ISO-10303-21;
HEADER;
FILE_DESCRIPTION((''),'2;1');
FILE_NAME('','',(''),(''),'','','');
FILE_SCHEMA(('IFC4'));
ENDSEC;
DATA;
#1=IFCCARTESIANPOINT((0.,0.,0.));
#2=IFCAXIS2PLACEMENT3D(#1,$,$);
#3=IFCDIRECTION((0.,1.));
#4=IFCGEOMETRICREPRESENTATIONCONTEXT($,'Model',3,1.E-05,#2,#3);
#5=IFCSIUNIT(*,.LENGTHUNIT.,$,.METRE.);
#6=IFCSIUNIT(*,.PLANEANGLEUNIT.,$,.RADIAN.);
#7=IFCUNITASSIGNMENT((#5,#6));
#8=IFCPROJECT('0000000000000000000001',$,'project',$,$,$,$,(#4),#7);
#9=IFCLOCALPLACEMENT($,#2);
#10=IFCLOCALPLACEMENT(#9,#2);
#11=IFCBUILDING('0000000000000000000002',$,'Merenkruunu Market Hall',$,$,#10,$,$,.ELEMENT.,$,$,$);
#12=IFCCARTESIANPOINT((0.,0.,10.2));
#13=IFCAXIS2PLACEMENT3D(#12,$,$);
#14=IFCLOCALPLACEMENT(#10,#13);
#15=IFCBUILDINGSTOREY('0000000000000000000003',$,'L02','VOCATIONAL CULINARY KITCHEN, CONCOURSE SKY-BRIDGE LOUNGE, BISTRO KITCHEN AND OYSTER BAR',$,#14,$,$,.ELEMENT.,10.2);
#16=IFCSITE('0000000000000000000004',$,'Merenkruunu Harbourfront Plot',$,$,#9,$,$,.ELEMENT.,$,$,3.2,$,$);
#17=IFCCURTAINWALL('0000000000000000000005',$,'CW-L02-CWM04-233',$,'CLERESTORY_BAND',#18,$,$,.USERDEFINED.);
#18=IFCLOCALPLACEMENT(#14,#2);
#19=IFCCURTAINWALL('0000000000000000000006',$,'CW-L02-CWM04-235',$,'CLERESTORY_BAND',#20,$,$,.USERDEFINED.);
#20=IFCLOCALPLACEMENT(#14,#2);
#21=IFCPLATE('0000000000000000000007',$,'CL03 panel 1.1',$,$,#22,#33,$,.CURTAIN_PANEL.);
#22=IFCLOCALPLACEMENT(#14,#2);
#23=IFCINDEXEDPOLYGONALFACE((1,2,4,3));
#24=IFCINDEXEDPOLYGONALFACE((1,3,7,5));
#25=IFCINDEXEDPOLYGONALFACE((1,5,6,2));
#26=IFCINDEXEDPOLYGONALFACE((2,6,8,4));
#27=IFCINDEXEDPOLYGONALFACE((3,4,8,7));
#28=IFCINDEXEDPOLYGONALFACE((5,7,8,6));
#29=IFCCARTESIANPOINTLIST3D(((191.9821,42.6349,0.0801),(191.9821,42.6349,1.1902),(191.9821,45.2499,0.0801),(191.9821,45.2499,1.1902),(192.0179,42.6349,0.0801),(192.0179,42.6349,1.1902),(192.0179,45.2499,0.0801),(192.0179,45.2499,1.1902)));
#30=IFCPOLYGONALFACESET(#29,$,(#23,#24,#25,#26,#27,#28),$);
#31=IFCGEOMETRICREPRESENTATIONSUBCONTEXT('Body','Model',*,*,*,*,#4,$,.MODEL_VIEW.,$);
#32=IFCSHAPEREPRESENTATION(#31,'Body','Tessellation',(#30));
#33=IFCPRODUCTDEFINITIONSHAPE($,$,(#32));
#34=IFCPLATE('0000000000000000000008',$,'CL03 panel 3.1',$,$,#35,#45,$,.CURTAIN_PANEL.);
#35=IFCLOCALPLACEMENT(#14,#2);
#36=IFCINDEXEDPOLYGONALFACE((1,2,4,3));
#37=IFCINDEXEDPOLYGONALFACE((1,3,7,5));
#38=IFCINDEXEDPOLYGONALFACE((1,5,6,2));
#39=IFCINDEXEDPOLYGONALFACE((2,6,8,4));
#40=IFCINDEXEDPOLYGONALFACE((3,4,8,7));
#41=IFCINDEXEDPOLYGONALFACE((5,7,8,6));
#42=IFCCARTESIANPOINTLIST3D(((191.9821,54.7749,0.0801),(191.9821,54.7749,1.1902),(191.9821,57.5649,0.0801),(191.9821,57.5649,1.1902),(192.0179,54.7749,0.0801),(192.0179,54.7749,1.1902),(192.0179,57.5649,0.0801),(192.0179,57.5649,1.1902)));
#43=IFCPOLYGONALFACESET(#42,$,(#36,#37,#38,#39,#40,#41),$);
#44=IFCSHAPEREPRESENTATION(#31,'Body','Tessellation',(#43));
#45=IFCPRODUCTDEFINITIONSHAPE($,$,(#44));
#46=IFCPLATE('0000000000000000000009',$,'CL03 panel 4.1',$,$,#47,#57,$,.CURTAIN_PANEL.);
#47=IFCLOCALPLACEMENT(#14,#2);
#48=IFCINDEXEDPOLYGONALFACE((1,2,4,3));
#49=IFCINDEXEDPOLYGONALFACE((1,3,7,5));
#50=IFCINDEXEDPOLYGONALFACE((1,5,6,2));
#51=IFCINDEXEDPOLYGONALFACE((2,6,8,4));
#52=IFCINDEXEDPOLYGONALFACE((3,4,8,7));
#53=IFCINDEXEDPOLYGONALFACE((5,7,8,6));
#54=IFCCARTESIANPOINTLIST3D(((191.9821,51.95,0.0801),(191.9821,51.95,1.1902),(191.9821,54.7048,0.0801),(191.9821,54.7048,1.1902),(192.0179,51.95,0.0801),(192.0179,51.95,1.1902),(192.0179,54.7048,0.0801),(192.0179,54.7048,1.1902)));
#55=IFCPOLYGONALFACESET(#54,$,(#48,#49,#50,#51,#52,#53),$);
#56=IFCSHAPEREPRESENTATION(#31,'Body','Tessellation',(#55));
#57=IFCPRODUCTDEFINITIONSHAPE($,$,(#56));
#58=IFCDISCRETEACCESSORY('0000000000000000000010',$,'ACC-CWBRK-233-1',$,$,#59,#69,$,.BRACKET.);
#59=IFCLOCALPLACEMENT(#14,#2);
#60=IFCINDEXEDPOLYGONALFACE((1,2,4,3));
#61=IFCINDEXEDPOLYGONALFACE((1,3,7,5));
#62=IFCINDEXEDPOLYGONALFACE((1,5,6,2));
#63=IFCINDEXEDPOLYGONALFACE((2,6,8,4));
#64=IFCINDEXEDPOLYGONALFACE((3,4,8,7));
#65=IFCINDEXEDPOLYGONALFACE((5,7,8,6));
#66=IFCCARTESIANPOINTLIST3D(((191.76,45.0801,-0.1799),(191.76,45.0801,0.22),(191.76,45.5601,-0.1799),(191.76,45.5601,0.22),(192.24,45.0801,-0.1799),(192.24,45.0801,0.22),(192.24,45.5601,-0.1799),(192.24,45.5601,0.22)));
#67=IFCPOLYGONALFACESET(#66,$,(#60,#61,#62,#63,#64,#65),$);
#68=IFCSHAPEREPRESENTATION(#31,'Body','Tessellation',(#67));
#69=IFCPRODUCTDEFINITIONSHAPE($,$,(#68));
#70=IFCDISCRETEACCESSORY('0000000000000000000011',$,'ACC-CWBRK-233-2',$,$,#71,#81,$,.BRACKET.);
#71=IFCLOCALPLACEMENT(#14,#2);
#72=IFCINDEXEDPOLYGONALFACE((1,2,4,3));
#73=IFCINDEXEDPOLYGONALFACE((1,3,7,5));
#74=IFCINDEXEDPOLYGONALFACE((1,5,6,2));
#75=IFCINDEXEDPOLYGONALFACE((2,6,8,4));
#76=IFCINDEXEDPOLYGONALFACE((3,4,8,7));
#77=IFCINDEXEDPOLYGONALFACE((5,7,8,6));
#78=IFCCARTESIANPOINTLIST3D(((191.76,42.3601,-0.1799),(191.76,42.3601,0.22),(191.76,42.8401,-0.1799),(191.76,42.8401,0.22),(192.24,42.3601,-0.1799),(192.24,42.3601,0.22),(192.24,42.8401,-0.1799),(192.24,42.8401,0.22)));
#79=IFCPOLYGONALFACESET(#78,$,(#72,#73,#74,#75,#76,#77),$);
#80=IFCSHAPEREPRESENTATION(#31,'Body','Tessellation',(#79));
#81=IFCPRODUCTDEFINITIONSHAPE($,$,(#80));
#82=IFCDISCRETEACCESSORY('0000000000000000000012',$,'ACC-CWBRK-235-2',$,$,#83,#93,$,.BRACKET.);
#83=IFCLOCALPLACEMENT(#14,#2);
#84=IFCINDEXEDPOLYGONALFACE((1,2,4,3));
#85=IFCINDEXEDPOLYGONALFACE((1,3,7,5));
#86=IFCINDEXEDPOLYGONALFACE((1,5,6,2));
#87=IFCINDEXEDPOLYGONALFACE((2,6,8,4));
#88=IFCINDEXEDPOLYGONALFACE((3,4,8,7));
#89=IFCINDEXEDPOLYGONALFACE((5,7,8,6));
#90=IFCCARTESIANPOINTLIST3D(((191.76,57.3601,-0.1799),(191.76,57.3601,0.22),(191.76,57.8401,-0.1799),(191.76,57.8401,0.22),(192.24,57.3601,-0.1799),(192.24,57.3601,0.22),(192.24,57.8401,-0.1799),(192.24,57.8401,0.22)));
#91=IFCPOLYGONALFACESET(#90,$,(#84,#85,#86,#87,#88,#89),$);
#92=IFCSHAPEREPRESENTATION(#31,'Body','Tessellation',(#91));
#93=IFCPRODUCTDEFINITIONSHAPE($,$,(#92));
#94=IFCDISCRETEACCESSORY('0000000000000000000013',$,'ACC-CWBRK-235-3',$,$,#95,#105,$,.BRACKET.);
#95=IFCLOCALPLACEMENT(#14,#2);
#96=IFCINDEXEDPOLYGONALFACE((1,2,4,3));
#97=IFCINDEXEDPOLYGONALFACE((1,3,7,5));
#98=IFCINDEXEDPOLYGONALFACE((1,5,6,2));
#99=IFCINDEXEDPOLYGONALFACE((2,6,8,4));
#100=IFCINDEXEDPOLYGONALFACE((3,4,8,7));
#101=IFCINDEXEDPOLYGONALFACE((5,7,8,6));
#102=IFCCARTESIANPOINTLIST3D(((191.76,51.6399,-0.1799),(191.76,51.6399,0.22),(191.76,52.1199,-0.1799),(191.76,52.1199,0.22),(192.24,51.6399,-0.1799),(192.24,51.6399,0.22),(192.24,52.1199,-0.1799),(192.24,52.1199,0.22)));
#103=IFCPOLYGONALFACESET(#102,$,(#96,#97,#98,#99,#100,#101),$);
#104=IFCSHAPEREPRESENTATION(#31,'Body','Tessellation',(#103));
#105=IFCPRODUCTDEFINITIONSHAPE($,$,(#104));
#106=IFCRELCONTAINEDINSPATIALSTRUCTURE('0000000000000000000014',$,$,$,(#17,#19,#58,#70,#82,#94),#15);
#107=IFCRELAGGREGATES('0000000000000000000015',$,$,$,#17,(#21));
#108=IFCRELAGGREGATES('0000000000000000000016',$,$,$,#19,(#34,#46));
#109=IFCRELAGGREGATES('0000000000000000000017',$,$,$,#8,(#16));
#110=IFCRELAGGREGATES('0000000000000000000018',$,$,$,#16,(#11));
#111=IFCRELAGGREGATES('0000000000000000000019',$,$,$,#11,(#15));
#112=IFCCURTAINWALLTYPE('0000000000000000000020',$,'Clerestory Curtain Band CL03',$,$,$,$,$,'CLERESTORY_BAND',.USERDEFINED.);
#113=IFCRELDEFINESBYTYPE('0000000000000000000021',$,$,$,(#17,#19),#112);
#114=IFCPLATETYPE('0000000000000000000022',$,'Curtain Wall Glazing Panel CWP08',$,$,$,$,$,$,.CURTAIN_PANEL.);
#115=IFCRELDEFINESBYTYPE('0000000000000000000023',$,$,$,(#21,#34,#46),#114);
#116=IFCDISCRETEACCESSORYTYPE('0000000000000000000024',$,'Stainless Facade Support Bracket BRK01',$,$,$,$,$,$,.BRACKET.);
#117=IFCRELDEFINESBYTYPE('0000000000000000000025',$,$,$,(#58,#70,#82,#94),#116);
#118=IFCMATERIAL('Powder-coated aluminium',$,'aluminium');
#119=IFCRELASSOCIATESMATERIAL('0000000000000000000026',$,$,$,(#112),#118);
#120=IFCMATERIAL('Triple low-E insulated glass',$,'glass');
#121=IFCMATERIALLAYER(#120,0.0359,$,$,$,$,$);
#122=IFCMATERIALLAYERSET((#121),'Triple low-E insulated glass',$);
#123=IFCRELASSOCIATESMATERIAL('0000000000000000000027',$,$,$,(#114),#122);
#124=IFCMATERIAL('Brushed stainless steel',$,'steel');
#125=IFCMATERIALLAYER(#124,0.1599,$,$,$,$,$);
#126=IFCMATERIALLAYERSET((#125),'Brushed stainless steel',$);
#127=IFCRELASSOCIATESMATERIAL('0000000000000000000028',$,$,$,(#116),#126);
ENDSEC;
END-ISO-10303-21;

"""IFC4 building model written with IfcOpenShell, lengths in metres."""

from ifc_helpers import new_model, si_unit, direction, frame, origin, origin_2d, place, context, subcontext, project, spatial, rectangle, extrude, material, layer, layer_set, type_object, element, aggregate, save


model = new_model("IFC4")

# Units and contexts
model_context = context("Model", 3, precision=1e-05, world=origin(), true_north=direction((0.0, 1.0)))
body_context = subcontext(model_context, "Body", "Model", "MODEL_VIEW")
ifc_project = project(units=[si_unit("LENGTHUNIT", "METRE"), si_unit("PLANEANGLEUNIT", "RADIAN")], contexts=[model_context])

# Site, building, storey
site_placement = place(None, origin())
site = spatial("IfcSite", under=ifc_project, at=site_placement, Name="Merenkruunu Harbourfront Plot", CompositionType="ELEMENT", RefElevation=3.2)
building_placement = place(site_placement, origin())
building = spatial("IfcBuilding", under=site, at=building_placement, Name="Merenkruunu Market Hall", CompositionType="ELEMENT")
storey_placement = place(building_placement, frame((0.0, 0.0, 10.2)))
storey = spatial("IfcBuildingStorey", under=building, at=storey_placement, Name="L02", Description="VOCATIONAL CULINARY KITCHEN, CONCOURSE SKY-BRIDGE LOUNGE, BISTRO KITCHEN AND OYSTER BAR", CompositionType="ELEMENT", Elevation=10.2)

# Curtain walls
ifc_material_1 = material(Name="Powder-coated aluminium", Category="aluminium")
curtain_wall_type = type_object("IfcCurtainWallType", Name="Clerestory Curtain Band CL03", ElementType="CLERESTORY_BAND", PredefinedType="USERDEFINED", material=ifc_material_1)
curtain_wall_1_placement = place(storey_placement, origin())
curtain_wall_1 = element("IfcCurtainWall", 1, at=curtain_wall_1_placement, inside=storey, type_object=curtain_wall_type, Name="CW-L02-CWM04-233", ObjectType="CLERESTORY_BAND", PredefinedType="USERDEFINED")
curtain_wall_2_placement = place(storey_placement, origin())
curtain_wall_2 = element("IfcCurtainWall", 2, at=curtain_wall_2_placement, inside=storey, type_object=curtain_wall_type, Name="CW-L02-CWM04-235", ObjectType="CLERESTORY_BAND", PredefinedType="USERDEFINED")

# Plates
ifc_material_2 = material(Name="Triple low-E insulated glass", Category="glass")
ifc_layer_1 = layer(ifc_material_2, 0.0359)
ifc_layer_set_1 = layer_set([ifc_layer_1], Name="Triple low-E insulated glass")
plate_type = type_object("IfcPlateType", Name="Curtain Wall Glazing Panel CWP08", PredefinedType="CURTAIN_PANEL", material=ifc_layer_set_1)
plate_1_placement = place(storey_placement, frame((192.0, 43.9424, 0.0801), z_axis=(0.0, 0.0, 1.0), x_axis=(0.0, -1.0, 0.0)))
plate_1 = element("IfcPlate", 3, at=plate_1_placement, type_object=plate_type, Name="CL03 panel 1.1", PredefinedType="CURTAIN_PANEL", context=body_context, shape_type="SweptSolid", body=[
    extrude(rectangle(XDim=2.615, YDim=0.0359, at=origin_2d()), origin(), (0.0, 0.0, 1.0), 1.1101),
])
aggregate(curtain_wall_1, [plate_1])
plate_2_placement = place(storey_placement, frame((192.0, 56.1699, 0.0801), z_axis=(0.0, 0.0, 1.0), x_axis=(0.0, -1.0, 0.0)))
plate_2 = element("IfcPlate", 4, at=plate_2_placement, type_object=plate_type, Name="CL03 panel 3.1", PredefinedType="CURTAIN_PANEL", context=body_context, shape_type="SweptSolid", body=[
    extrude(rectangle(XDim=2.79, YDim=0.0359, at=origin_2d()), origin(), (0.0, 0.0, 1.0), 1.1101),
])
plate_3_placement = place(storey_placement, frame((192.0, 53.3274, 0.0801), z_axis=(0.0, 0.0, 1.0), x_axis=(0.0, -1.0, 0.0)))
plate_3 = element("IfcPlate", 5, at=plate_3_placement, type_object=plate_type, Name="CL03 panel 4.1", PredefinedType="CURTAIN_PANEL", context=body_context, shape_type="SweptSolid", body=[
    extrude(rectangle(XDim=2.7549, YDim=0.0359, at=origin_2d()), origin(), (0.0, 0.0, 1.0), 1.1101),
])
aggregate(curtain_wall_2, [plate_2, plate_3])

# Discrete accessories
ifc_material_3 = material(Name="Brushed stainless steel", Category="steel")
ifc_layer_2 = layer(ifc_material_3, 0.1599)
ifc_layer_set_2 = layer_set([ifc_layer_2], Name="Brushed stainless steel")
discrete_accessory_type = type_object("IfcDiscreteAccessoryType", Name="Stainless Facade Support Bracket BRK01", PredefinedType="BRACKET", material=ifc_layer_set_2)
for number, where, z_axis, x_axis, name in (
    (6, (192.0, 45.3201, -0.1799), (0.0, 0.0, 1.0), (1.0, 0.0, 0.0), "ACC-CWBRK-233-1"),
    (7, (192.0, 42.6001, -0.1799), (0.0, 0.0, 1.0), (1.0, 0.0, 0.0), "ACC-CWBRK-233-2"),
    (8, (192.0, 57.6001, -0.1799), (0.0, 0.0, 1.0), (1.0, 0.0, 0.0), "ACC-CWBRK-235-2"),
    (9, (192.0, 51.8799, -0.1799), (0.0, 0.0, 1.0), (1.0, 0.0, 0.0), "ACC-CWBRK-235-3"),
):
    element("IfcDiscreteAccessory", number, at=place(storey_placement, frame(where, z_axis=z_axis, x_axis=x_axis)), inside=storey, type_object=discrete_accessory_type, Name=name, PredefinedType="BRACKET", context=body_context, shape_type="SweptSolid", body=[
        extrude(rectangle(XDim=0.48, YDim=0.48, at=origin_2d()), origin(), (0.0, 0.0, 1.0), 0.3999),
    ])

save(model, "model.ifc")
